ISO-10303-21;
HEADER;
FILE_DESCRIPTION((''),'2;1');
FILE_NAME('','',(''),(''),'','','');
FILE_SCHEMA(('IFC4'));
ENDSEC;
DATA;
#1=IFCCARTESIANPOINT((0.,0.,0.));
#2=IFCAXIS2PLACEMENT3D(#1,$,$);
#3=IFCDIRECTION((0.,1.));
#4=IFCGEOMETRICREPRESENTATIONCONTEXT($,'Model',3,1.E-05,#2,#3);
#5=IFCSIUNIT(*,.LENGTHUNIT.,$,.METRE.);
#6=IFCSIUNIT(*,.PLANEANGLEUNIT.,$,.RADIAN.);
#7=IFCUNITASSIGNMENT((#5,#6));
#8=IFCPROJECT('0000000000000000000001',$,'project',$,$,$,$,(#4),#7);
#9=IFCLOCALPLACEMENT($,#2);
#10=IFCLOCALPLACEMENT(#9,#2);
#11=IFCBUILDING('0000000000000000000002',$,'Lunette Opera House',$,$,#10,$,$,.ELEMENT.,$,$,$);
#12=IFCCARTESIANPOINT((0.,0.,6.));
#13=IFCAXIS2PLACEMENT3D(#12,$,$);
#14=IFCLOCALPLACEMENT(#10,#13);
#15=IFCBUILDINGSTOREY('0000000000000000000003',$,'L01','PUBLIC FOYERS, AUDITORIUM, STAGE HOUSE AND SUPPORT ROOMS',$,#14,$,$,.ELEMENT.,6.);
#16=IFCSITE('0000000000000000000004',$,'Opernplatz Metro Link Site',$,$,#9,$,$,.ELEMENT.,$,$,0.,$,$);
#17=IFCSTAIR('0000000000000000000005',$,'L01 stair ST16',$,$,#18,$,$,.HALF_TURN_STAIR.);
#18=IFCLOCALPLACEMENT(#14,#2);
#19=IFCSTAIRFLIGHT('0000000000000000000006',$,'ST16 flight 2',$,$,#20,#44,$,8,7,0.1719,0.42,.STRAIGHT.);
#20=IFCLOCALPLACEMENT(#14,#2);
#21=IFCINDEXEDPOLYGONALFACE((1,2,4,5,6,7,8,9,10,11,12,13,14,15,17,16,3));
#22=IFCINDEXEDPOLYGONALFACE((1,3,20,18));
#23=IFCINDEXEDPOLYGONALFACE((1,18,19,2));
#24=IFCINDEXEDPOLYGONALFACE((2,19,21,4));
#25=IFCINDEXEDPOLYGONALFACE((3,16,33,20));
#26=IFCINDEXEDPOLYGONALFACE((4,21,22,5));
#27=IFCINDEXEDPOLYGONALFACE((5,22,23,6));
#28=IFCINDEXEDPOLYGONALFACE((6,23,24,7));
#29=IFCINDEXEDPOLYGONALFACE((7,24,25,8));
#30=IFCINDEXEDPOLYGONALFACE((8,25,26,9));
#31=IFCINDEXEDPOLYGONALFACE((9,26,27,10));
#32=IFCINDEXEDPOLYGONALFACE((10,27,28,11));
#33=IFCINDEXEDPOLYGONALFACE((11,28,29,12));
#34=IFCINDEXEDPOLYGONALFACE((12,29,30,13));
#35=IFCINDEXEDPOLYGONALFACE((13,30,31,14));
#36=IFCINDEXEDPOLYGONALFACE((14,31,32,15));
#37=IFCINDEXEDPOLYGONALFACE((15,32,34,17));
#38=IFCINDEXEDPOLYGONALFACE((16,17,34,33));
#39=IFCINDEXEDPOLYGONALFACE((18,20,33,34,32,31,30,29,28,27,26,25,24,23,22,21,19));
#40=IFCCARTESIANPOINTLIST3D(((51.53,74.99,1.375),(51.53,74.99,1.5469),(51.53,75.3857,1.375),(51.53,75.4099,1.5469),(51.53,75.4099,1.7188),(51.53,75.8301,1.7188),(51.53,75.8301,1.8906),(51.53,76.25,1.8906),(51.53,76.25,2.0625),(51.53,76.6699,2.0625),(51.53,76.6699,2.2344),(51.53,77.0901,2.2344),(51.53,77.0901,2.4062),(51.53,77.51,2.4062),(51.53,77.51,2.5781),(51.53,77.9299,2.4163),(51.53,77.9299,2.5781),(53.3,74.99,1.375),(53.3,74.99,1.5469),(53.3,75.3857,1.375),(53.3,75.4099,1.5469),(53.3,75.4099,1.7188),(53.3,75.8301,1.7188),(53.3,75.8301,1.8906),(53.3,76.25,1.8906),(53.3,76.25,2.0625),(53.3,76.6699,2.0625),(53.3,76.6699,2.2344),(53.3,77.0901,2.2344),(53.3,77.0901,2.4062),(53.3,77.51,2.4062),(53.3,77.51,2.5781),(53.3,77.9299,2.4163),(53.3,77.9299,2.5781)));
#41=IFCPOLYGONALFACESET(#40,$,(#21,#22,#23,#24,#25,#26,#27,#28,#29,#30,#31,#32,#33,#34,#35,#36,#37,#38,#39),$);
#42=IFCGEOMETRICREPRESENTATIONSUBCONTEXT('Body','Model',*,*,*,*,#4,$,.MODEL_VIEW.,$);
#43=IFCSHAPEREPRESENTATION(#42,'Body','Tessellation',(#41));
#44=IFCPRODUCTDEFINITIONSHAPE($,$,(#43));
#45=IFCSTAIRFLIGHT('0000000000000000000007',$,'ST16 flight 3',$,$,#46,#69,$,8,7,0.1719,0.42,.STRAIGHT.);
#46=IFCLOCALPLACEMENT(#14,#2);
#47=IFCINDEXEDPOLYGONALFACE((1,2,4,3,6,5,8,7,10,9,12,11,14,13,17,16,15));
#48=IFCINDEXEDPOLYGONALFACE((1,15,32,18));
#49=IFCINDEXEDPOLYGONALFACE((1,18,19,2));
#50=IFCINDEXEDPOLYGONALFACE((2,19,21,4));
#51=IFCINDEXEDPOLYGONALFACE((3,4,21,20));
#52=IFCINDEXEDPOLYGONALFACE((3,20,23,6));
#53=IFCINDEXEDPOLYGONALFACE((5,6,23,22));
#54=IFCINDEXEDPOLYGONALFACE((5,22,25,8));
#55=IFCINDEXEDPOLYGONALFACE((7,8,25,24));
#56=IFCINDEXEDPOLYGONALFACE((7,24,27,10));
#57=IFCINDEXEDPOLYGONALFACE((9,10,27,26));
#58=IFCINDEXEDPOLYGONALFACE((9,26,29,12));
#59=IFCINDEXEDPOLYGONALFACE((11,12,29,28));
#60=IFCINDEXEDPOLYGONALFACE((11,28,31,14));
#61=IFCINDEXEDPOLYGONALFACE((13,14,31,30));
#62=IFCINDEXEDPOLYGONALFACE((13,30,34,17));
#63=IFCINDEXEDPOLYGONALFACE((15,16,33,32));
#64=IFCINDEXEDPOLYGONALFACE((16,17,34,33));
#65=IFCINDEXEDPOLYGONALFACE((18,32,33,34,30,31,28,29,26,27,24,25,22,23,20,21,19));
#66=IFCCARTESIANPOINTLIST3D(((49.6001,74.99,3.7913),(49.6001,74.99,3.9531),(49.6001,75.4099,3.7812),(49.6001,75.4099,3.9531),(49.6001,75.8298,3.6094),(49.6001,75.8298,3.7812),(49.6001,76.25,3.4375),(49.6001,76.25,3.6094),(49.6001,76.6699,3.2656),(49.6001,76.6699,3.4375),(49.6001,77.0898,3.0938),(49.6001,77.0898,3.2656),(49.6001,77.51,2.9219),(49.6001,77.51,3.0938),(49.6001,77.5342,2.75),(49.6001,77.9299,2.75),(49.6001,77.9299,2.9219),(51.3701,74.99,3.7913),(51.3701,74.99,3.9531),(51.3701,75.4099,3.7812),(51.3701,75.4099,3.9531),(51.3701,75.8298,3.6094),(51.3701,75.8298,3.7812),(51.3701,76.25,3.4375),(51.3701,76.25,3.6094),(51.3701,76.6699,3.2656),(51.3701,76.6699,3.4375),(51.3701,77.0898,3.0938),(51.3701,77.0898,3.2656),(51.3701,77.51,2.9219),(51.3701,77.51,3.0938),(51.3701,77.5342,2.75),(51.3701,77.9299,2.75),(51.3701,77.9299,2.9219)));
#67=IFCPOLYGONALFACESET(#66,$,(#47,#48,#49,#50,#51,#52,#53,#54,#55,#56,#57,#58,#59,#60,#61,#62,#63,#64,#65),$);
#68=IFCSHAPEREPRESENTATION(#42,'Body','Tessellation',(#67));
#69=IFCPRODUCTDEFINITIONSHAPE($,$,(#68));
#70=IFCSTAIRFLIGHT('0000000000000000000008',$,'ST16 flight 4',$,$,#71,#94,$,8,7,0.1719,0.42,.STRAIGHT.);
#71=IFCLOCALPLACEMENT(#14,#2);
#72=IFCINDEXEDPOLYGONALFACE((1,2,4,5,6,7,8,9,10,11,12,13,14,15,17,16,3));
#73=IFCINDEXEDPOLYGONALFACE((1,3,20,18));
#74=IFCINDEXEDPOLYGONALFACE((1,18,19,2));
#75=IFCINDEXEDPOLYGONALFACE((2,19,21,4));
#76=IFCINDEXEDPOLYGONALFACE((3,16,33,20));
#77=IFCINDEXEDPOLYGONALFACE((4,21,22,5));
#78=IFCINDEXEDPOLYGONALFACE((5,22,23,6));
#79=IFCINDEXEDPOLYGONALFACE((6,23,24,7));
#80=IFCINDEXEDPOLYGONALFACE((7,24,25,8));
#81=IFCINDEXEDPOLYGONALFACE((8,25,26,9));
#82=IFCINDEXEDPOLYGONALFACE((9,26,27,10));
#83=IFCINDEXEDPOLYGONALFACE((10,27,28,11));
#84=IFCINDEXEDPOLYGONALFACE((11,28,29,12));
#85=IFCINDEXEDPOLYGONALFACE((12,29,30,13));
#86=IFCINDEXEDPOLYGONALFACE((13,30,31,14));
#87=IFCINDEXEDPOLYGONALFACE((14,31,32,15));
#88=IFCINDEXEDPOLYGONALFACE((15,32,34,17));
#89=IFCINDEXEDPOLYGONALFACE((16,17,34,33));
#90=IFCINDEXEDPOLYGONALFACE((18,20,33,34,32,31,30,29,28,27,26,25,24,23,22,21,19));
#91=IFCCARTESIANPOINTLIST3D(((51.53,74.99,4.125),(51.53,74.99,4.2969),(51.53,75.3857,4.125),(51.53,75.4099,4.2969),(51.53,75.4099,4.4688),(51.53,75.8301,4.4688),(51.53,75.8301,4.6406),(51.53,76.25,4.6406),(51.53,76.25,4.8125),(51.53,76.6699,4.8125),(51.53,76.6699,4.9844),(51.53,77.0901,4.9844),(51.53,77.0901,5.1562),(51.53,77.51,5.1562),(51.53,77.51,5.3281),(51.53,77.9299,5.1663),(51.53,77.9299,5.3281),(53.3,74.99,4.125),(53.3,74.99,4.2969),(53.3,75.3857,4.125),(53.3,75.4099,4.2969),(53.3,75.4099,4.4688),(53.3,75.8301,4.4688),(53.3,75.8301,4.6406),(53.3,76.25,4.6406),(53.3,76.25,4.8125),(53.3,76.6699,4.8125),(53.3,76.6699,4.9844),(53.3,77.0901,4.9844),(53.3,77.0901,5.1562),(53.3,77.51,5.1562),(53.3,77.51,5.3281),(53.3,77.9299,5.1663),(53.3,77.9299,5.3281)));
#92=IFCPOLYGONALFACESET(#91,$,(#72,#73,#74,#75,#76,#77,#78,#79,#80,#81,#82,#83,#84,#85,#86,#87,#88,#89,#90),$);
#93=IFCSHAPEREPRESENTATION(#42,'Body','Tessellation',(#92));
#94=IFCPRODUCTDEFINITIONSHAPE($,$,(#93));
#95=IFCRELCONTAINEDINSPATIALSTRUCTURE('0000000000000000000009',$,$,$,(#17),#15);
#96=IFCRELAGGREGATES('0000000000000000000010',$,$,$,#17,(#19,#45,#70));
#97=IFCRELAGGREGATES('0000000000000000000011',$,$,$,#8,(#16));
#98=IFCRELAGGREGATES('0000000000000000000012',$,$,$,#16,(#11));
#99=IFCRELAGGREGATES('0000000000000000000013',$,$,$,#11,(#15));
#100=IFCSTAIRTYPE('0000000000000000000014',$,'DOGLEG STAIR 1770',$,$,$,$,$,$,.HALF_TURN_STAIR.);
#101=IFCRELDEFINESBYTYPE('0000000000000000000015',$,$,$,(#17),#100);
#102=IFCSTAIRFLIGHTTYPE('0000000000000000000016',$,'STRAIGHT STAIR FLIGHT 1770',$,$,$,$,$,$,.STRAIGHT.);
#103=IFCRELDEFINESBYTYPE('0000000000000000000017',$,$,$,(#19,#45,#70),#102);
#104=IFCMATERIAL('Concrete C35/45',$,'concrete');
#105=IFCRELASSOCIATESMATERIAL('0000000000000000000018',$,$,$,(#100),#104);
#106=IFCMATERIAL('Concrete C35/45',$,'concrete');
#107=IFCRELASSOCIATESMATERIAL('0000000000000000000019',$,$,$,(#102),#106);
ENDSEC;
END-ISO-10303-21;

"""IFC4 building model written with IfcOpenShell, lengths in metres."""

from ifc_helpers import new_model, si_unit, direction, frame, origin, place, context, subcontext, project, spatial, polyline, outline, extrude, material, type_object, element, aggregate, save


model = new_model("IFC4")

# Units and contexts
model_context = context("Model", 3, precision=1e-05, world=origin(), true_north=direction((0.0, 1.0)))
body_context = subcontext(model_context, "Body", "Model", "MODEL_VIEW")
ifc_project = project(units=[si_unit("LENGTHUNIT", "METRE"), si_unit("PLANEANGLEUNIT", "RADIAN")], contexts=[model_context])

# Site, building, storey
site_placement = place(None, origin())
site = spatial("IfcSite", under=ifc_project, at=site_placement, Name="Opernplatz Metro Link Site", CompositionType="ELEMENT", RefElevation=0.0)
building_placement = place(site_placement, origin())
building = spatial("IfcBuilding", under=site, at=building_placement, Name="Lunette Opera House", CompositionType="ELEMENT")
storey_placement = place(building_placement, frame((0.0, 0.0, 6.0)))
storey = spatial("IfcBuildingStorey", under=building, at=storey_placement, Name="L01", Description="PUBLIC FOYERS, AUDITORIUM, STAGE HOUSE AND SUPPORT ROOMS", CompositionType="ELEMENT", Elevation=6.0)

# Stair, stair flights
ifc_material_1 = material(Name="Concrete C35/45", Category="concrete")
stair_type = type_object("IfcStairType", Name="DOGLEG STAIR 1770", PredefinedType="HALF_TURN_STAIR", material=ifc_material_1)
stair_placement = place(storey_placement, origin())
stair = element("IfcStair", 1, at=stair_placement, inside=storey, type_object=stair_type, Name="L01 stair ST16", PredefinedType="HALF_TURN_STAIR")
ifc_material_2 = material(Name="Concrete C35/45", Category="concrete")
stair_flight_type = type_object("IfcStairFlightType", Name="STRAIGHT STAIR FLIGHT 1770", PredefinedType="STRAIGHT", material=ifc_material_2)
stair_flight_1_placement = place(storey_placement, frame((52.415, 74.99, 1.375), z_axis=(0.0, 0.0, 1.0), x_axis=(0.0, 1.0, 0.0)))
stair_flight_1 = element("IfcStairFlight", 2, at=stair_flight_1_placement, type_object=stair_flight_type, Name="ST16 flight 2", NumberOfRisers=8, NumberOfTreads=7, PredefinedType="STRAIGHT", RiserHeight=0.1719, TreadLength=0.42, context=body_context, shape_type="SweptSolid", body=[
    extrude(outline(polyline([(0.0, 0.0), (0.0, 0.1719), (0.4199, 0.1719), (0.4199, 0.3438), (0.8401, 0.3438), (0.8401, 0.5156), (1.26, 0.5156), (1.26, 0.6875), (1.6799, 0.6875), (1.6799, 0.8594), (2.1001, 0.8594), (2.1001, 1.0312), (2.52, 1.0312), (2.52, 1.2031), (2.9399, 1.2031), (2.9399, 1.375), (2.9399, 1.0413), (0.3958, 0.0), (0.0, 0.0)])), frame((0.0, 0.885, 0.0), z_axis=(0.0, -1.0, 0.0), x_axis=(1.0, 0.0, 0.0)), (0.0, 0.0, 1.0), 1.77),
])
stair_flight_2_placement = place(storey_placement, frame((50.4851, 77.9299, 2.75), z_axis=(0.0, 0.0, 1.0), x_axis=(0.0, -1.0, 0.0)))
stair_flight_2 = element("IfcStairFlight", 3, at=stair_flight_2_placement, type_object=stair_flight_type, Name="ST16 flight 3", NumberOfRisers=8, NumberOfTreads=7, PredefinedType="STRAIGHT", RiserHeight=0.1719, TreadLength=0.42, context=body_context, shape_type="SweptSolid", body=[
    extrude(outline(polyline([(0.0, 0.0), (0.0, 0.1719), (0.4199, 0.1719), (0.4199, 0.3438), (0.8401, 0.3438), (0.8401, 0.5156), (1.26, 0.5156), (1.26, 0.6875), (1.6799, 0.6875), (1.6799, 0.8594), (2.1001, 0.8594), (2.1001, 1.0312), (2.52, 1.0312), (2.52, 1.2031), (2.9399, 1.2031), (2.9399, 1.375), (2.9399, 1.0413), (0.3958, 0.0), (0.0, 0.0)])), frame((0.0, 0.885, 0.0), z_axis=(0.0, -1.0, 0.0), x_axis=(1.0, 0.0, 0.0)), (0.0, 0.0, 1.0), 1.77),
])
stair_flight_3_placement = place(storey_placement, frame((52.415, 74.99, 4.125), z_axis=(0.0, 0.0, 1.0), x_axis=(0.0, 1.0, 0.0)))
stair_flight_3 = element("IfcStairFlight", 4, at=stair_flight_3_placement, type_object=stair_flight_type, Name="ST16 flight 4", NumberOfRisers=8, NumberOfTreads=7, PredefinedType="STRAIGHT", RiserHeight=0.1719, TreadLength=0.42, context=body_context, shape_type="SweptSolid", body=[
    extrude(outline(polyline([(0.0, 0.0), (0.0, 0.1719), (0.4199, 0.1719), (0.4199, 0.3438), (0.8401, 0.3438), (0.8401, 0.5156), (1.26, 0.5156), (1.26, 0.6875), (1.6799, 0.6875), (1.6799, 0.8594), (2.1001, 0.8594), (2.1001, 1.0312), (2.52, 1.0312), (2.52, 1.2031), (2.9399, 1.2031), (2.9399, 1.375), (2.9399, 1.0413), (0.3958, 0.0), (0.0, 0.0)])), frame((0.0, 0.885, 0.0), z_axis=(0.0, -1.0, 0.0), x_axis=(1.0, 0.0, 0.0)), (0.0, 0.0, 1.0), 1.77),
])
aggregate(stair, [stair_flight_1, stair_flight_2, stair_flight_3])

save(model, "model.ifc")
